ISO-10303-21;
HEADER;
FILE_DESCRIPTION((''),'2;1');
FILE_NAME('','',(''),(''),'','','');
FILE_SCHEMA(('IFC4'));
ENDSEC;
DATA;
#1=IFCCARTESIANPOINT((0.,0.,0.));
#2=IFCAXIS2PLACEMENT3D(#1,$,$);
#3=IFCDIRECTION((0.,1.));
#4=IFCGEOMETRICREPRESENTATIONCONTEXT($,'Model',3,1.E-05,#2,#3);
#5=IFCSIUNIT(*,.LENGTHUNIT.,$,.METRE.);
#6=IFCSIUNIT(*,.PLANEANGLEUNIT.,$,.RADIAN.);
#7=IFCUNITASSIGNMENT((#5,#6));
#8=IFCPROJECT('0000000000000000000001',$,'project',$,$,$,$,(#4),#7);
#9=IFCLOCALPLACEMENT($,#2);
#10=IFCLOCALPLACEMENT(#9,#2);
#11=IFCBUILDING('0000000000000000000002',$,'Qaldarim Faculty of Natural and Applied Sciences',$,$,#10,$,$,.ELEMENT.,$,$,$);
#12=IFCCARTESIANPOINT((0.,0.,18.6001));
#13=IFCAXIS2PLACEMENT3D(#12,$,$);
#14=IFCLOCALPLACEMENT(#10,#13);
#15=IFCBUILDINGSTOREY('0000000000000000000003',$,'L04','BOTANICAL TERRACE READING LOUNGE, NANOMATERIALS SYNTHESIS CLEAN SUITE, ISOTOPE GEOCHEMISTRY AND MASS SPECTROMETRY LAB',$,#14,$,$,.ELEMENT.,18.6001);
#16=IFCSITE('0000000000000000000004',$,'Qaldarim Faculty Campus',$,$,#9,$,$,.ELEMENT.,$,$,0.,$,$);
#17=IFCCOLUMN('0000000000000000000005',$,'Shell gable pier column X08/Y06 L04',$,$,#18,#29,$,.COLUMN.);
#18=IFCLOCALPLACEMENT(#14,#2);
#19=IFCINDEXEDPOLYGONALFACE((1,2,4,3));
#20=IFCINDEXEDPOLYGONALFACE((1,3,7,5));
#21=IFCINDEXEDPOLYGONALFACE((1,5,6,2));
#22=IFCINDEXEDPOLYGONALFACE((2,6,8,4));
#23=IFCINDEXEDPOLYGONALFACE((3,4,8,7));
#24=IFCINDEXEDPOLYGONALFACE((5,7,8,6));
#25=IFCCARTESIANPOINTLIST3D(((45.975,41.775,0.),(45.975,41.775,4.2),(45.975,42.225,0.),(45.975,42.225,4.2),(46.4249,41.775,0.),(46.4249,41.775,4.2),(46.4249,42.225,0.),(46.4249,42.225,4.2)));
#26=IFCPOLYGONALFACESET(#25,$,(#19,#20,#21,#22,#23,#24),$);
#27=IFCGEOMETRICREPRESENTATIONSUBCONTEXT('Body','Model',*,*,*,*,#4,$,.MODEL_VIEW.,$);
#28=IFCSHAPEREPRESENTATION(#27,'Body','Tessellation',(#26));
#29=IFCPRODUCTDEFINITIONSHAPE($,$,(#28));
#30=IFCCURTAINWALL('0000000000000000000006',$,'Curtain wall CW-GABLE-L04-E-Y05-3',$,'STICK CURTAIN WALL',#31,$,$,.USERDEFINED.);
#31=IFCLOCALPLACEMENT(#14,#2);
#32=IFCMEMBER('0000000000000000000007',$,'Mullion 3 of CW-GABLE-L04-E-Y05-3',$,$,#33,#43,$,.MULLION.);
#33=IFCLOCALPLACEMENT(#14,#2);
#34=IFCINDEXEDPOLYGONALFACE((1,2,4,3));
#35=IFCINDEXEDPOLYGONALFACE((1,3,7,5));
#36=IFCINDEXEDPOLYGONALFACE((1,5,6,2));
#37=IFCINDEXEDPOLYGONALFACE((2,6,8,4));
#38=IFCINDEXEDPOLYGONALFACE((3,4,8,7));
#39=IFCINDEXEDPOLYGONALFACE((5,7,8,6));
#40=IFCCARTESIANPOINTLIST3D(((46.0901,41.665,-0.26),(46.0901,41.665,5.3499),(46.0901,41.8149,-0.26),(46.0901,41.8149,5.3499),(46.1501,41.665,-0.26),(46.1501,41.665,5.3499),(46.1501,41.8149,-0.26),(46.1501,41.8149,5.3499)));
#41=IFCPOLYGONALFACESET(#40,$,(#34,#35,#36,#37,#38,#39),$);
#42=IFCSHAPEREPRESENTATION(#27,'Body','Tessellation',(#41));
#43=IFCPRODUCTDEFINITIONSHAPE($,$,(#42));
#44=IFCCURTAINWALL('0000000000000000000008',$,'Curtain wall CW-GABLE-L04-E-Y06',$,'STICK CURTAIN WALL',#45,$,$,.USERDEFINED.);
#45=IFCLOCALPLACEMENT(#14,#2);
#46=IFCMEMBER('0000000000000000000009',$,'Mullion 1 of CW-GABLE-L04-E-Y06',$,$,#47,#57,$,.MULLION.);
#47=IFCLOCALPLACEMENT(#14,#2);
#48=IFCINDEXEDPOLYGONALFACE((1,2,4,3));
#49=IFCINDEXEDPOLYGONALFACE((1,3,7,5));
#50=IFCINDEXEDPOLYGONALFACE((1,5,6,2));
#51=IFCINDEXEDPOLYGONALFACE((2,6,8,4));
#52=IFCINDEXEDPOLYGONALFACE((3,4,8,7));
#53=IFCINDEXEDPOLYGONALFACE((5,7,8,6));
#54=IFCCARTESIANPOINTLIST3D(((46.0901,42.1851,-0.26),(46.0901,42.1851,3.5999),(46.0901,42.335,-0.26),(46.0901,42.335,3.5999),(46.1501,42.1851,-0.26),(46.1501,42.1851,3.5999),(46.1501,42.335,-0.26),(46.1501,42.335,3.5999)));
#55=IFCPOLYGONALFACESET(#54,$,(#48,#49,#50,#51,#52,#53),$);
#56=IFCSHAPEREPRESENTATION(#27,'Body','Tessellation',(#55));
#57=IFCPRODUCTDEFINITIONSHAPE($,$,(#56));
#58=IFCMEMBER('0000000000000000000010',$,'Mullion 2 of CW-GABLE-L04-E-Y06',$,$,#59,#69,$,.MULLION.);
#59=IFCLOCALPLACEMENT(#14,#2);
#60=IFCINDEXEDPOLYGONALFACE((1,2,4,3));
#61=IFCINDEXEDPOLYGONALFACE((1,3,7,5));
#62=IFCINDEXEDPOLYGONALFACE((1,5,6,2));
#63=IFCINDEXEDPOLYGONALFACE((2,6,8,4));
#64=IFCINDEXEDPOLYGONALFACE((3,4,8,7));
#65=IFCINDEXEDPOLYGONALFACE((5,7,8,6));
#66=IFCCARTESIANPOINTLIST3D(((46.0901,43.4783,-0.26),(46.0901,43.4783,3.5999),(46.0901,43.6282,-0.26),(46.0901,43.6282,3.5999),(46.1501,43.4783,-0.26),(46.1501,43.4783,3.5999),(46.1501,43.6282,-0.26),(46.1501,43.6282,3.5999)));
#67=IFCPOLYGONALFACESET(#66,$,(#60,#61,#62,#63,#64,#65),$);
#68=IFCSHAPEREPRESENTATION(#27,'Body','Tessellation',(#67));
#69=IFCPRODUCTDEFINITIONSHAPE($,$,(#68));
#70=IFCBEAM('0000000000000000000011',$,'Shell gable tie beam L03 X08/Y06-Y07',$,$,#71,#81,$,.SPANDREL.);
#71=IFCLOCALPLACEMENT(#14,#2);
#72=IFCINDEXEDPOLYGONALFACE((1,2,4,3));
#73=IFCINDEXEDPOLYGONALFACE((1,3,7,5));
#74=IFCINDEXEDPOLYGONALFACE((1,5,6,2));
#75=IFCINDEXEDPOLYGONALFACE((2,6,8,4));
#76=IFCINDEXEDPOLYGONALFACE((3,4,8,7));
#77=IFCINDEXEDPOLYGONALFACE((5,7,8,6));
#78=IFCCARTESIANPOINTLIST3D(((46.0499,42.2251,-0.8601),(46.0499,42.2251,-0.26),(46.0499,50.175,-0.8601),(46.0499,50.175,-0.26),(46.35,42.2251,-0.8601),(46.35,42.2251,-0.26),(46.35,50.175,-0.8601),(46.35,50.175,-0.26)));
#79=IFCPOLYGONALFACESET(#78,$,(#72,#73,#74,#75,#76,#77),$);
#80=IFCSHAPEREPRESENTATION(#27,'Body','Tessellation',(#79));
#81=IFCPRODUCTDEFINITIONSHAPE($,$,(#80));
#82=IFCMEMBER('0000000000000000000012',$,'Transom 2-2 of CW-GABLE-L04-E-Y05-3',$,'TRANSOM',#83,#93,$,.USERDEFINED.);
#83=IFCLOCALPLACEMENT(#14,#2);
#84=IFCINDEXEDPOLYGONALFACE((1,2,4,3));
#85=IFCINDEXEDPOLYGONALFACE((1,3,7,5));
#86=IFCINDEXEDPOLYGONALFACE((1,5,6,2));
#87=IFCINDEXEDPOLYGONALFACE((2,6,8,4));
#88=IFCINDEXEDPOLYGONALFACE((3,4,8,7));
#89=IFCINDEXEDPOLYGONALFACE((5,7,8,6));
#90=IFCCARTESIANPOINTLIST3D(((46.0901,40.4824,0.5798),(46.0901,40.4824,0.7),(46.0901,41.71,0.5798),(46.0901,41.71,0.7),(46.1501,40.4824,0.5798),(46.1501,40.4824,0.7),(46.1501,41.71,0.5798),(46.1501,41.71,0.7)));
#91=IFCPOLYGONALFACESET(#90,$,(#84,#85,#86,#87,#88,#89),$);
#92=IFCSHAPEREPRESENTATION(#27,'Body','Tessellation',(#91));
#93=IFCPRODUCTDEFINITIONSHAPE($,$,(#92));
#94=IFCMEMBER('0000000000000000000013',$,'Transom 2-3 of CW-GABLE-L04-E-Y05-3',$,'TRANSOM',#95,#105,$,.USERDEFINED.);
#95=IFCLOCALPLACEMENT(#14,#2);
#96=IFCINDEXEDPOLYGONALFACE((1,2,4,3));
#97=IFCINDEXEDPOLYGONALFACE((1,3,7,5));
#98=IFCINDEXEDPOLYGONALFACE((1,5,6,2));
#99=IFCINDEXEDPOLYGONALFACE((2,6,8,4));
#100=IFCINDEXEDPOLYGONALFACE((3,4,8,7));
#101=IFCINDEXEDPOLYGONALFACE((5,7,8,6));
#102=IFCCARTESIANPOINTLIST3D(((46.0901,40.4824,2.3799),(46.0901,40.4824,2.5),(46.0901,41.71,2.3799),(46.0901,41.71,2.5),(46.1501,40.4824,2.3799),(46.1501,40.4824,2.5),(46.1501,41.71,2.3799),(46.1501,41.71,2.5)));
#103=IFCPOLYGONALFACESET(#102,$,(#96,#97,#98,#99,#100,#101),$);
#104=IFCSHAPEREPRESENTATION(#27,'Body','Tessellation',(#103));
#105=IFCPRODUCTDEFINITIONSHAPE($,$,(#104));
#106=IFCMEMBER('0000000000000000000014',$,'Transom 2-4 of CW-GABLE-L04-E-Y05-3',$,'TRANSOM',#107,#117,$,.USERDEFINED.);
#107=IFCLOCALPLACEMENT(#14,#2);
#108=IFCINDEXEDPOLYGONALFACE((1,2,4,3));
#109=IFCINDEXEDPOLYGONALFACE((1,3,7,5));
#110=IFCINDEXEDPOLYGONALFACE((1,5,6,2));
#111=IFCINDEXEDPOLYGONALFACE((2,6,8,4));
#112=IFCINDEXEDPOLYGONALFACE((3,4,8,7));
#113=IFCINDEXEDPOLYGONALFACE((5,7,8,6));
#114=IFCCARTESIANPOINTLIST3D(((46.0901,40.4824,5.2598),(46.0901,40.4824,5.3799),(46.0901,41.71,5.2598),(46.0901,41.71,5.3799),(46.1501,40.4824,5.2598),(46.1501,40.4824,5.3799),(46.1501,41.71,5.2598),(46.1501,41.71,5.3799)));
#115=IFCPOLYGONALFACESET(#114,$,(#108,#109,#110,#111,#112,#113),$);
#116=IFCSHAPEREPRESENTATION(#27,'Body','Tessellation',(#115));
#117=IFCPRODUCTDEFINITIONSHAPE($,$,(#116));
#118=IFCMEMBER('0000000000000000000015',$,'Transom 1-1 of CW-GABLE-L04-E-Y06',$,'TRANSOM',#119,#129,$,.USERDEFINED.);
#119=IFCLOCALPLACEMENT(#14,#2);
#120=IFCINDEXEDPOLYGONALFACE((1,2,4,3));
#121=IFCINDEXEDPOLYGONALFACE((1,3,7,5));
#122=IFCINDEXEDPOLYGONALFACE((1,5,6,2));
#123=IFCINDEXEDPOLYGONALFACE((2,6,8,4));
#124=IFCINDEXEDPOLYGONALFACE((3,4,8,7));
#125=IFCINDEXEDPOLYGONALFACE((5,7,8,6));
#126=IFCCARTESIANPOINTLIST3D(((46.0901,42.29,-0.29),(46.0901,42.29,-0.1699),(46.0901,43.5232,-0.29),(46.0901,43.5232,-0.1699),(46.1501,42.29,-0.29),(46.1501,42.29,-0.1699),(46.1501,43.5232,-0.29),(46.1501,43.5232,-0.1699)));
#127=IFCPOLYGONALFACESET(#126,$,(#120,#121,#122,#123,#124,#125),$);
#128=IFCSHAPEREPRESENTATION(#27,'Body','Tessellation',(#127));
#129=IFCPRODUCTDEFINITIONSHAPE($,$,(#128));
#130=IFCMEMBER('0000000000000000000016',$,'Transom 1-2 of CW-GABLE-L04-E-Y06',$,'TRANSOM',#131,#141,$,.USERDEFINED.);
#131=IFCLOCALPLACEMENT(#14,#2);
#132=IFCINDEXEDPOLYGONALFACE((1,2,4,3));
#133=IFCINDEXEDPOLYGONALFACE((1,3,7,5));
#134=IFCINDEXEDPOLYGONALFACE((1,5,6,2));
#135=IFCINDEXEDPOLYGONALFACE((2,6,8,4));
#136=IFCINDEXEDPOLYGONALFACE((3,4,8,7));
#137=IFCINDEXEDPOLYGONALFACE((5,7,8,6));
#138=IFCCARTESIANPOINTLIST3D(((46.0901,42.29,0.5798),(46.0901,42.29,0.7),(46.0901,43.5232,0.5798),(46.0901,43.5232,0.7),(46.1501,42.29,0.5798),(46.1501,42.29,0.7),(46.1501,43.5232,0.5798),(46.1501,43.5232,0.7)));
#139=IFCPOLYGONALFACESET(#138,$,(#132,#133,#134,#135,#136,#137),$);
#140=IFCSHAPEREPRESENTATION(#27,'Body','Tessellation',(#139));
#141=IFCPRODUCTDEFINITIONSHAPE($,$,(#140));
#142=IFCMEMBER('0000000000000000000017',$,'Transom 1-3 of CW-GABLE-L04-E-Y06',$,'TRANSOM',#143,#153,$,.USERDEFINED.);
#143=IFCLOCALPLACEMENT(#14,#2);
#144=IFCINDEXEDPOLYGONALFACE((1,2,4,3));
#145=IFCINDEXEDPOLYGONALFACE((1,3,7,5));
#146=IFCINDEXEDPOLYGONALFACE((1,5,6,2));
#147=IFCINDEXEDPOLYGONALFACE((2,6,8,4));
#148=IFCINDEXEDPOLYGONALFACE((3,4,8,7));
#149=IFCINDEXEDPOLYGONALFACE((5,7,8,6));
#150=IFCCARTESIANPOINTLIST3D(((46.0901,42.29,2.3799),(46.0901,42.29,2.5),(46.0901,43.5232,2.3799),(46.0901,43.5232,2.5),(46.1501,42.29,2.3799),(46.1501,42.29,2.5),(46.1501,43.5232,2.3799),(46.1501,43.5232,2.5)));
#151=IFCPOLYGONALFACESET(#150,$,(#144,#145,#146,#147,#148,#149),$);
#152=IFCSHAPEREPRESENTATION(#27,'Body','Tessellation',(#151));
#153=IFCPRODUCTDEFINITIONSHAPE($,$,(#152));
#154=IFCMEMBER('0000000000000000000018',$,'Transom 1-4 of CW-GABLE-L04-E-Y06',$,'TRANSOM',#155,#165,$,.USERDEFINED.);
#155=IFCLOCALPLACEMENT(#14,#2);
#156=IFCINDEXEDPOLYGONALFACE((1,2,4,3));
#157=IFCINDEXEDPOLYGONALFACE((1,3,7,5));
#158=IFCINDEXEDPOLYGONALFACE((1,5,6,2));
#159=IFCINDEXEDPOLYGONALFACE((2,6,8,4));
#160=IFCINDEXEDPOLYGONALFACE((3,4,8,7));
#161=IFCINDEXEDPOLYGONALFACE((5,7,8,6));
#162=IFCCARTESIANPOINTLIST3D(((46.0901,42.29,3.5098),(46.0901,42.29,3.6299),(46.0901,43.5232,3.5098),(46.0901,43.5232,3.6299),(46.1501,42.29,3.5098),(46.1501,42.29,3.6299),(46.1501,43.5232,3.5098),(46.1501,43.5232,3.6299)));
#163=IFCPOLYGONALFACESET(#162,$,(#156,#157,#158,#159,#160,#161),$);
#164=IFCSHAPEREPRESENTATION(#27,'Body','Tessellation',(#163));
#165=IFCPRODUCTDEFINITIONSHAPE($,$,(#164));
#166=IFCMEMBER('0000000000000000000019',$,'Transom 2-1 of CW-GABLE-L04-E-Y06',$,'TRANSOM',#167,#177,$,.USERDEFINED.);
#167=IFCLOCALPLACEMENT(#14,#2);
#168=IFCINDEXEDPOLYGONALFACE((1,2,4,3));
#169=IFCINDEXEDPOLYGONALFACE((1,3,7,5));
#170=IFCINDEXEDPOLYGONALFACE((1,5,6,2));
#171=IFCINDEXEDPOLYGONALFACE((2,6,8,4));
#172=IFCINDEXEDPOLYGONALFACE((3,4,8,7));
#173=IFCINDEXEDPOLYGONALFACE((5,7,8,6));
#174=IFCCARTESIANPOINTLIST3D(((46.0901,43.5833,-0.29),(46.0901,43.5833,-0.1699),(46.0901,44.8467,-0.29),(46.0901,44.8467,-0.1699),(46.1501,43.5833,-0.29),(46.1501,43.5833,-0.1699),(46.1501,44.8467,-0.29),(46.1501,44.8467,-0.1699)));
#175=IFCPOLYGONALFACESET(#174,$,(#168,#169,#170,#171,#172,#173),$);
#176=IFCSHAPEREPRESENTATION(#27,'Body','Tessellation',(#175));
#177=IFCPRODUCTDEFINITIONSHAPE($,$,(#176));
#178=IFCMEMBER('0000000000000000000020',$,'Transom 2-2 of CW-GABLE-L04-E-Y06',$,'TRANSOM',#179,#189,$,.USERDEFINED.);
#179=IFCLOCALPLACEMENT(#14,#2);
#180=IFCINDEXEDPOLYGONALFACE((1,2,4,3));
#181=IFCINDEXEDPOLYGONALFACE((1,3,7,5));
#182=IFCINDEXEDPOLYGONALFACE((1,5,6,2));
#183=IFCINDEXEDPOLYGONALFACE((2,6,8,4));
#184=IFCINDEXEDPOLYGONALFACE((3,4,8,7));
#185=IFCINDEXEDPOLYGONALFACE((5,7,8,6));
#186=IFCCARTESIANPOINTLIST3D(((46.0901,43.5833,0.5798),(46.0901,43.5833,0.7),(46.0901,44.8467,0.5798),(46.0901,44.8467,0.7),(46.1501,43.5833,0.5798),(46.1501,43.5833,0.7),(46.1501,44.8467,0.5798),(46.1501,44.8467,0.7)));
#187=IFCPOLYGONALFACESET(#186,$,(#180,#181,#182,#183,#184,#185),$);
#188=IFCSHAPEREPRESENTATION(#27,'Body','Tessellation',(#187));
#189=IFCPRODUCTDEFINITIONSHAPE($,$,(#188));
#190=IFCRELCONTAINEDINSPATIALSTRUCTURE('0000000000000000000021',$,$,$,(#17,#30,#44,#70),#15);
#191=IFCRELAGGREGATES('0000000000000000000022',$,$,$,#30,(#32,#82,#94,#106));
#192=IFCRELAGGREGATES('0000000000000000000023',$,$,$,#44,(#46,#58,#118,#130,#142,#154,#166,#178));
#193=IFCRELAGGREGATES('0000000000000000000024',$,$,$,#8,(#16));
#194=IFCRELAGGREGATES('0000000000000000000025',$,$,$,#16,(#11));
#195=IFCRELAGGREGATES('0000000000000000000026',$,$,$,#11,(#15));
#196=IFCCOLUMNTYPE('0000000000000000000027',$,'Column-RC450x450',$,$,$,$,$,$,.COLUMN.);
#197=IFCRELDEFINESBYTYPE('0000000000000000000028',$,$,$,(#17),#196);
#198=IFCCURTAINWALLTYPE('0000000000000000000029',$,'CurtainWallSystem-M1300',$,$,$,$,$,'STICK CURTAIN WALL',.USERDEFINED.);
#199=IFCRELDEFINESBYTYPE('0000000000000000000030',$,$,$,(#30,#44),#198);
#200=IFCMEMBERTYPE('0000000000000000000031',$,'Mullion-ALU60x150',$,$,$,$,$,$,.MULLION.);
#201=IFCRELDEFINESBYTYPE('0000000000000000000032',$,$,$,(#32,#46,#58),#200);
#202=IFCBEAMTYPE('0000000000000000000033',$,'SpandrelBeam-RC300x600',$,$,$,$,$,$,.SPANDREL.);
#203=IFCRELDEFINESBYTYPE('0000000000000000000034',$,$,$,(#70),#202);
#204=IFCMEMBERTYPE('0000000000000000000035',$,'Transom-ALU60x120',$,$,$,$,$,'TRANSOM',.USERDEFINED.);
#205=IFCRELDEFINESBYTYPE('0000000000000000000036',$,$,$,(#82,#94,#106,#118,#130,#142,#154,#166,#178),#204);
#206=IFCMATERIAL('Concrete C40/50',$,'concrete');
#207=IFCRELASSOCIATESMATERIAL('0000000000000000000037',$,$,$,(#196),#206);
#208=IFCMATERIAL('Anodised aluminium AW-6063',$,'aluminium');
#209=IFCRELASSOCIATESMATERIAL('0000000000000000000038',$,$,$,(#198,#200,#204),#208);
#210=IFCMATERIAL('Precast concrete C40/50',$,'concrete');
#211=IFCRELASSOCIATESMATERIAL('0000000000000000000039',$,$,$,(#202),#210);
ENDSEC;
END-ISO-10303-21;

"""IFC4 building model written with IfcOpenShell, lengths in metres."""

from ifc_helpers import new_model, si_unit, direction, frame, origin, origin_2d, place, context, subcontext, project, spatial, rectangle, extrude, material, material_profile, profile_set, type_object, element, aggregate, save


model = new_model("IFC4")

# Units and contexts
model_context = context("Model", 3, precision=1e-05, world=origin(), true_north=direction((0.0, 1.0)))
body_context = subcontext(model_context, "Body", "Model", "MODEL_VIEW")
ifc_project = project(units=[si_unit("LENGTHUNIT", "METRE"), si_unit("PLANEANGLEUNIT", "RADIAN")], contexts=[model_context])

# Site, building, storey
site_placement = place(None, origin())
site = spatial("IfcSite", under=ifc_project, at=site_placement, Name="Qaldarim Faculty Campus", CompositionType="ELEMENT", RefElevation=0.0)
building_placement = place(site_placement, origin())
building = spatial("IfcBuilding", under=site, at=building_placement, Name="Qaldarim Faculty of Natural and Applied Sciences", CompositionType="ELEMENT")
storey_placement = place(building_placement, frame((0.0, 0.0, 18.6001)))
storey = spatial("IfcBuildingStorey", under=building, at=storey_placement, Name="L04", Description="BOTANICAL TERRACE READING LOUNGE, NANOMATERIALS SYNTHESIS CLEAN SUITE, ISOTOPE GEOCHEMISTRY AND MASS SPECTROMETRY LAB", CompositionType="ELEMENT", Elevation=18.6001)

# Column
ifc_material_1 = material(Name="Concrete C40/50", Category="concrete")
ifc_material_profile_1 = material_profile(ifc_material_1, rectangle(XDim=0.45, YDim=0.45, at=origin_2d()), Name="RC-C450x450")
ifc_profile_set_1 = profile_set([ifc_material_profile_1], Name="Concrete C40/50")
column_type = type_object("IfcColumnType", Name="Column-RC450x450", PredefinedType="COLUMN", material=ifc_profile_set_1)
column_placement = place(storey_placement, frame((46.2, 42.0, 0.0), z_axis=(0.0, 0.0, 1.0), x_axis=(1.0, 0.0, 0.0)))
element("IfcColumn", 1, at=column_placement, inside=storey, type_object=column_type, Name="Shell gable pier column X08/Y06 L04", PredefinedType="COLUMN", context=body_context, shape_type="SweptSolid", body=[
    extrude(rectangle(XDim=0.45, YDim=0.45, at=origin_2d()), origin(), (0.0, 0.0, 1.0), 4.2),
])

# Curtain wall, member
ifc_material_2 = material(Name="Anodised aluminium AW-6063", Category="aluminium")
curtain_wall_type = type_object("IfcCurtainWallType", Name="CurtainWallSystem-M1300", ElementType="STICK CURTAIN WALL", PredefinedType="USERDEFINED", material=ifc_material_2)
curtain_wall_1_placement = place(storey_placement, origin())
curtain_wall_1 = element("IfcCurtainWall", 2, at=curtain_wall_1_placement, inside=storey, type_object=curtain_wall_type, Name="Curtain wall CW-GABLE-L04-E-Y05-3", ObjectType="STICK CURTAIN WALL", PredefinedType="USERDEFINED")
ifc_material_profile_2 = material_profile(ifc_material_2, rectangle(XDim=0.0601, YDim=0.1499, at=origin_2d()), Name="ALU-M60x150")
ifc_profile_set_2 = profile_set([ifc_material_profile_2], Name="Anodised aluminium AW-6063")
member_type_1 = type_object("IfcMemberType", Name="Mullion-ALU60x150", PredefinedType="MULLION", material=ifc_profile_set_2)
member_1_placement = place(storey_placement, frame((46.1201, 41.74, -0.26), z_axis=(0.0, 0.0, 1.0), x_axis=(-1.0, 0.0, 0.0)))
member_1 = element("IfcMember", 3, at=member_1_placement, type_object=member_type_1, Name="Mullion 3 of CW-GABLE-L04-E-Y05-3", PredefinedType="MULLION", context=body_context, shape_type="SweptSolid", body=[
    extrude(rectangle(XDim=0.0601, YDim=0.1499, at=origin_2d()), origin(), (0.0, 0.0, 1.0), 5.6099),
])

# Curtain wall, members
curtain_wall_2_placement = place(storey_placement, origin())
curtain_wall_2 = element("IfcCurtainWall", 4, at=curtain_wall_2_placement, inside=storey, type_object=curtain_wall_type, Name="Curtain wall CW-GABLE-L04-E-Y06", ObjectType="STICK CURTAIN WALL", PredefinedType="USERDEFINED")
member_2_placement = place(storey_placement, frame((46.1201, 42.26, -0.26), z_axis=(0.0, 0.0, 1.0), x_axis=(-1.0, 0.0, 0.0)))
member_2 = element("IfcMember", 5, at=member_2_placement, type_object=member_type_1, Name="Mullion 1 of CW-GABLE-L04-E-Y06", PredefinedType="MULLION", context=body_context, shape_type="SweptSolid", body=[
    extrude(rectangle(XDim=0.0601, YDim=0.1499, at=origin_2d()), origin(), (0.0, 0.0, 1.0), 3.8599),
])
member_3_placement = place(storey_placement, frame((46.1201, 43.5532, -0.26), z_axis=(0.0, 0.0, 1.0), x_axis=(-1.0, 0.0, 0.0)))
member_3 = element("IfcMember", 6, at=member_3_placement, type_object=member_type_1, Name="Mullion 2 of CW-GABLE-L04-E-Y06", PredefinedType="MULLION", context=body_context, shape_type="SweptSolid", body=[
    extrude(rectangle(XDim=0.0601, YDim=0.1499, at=origin_2d()), origin(), (0.0, 0.0, 1.0), 3.8599),
])

# Beam
ifc_material_3 = material(Name="Precast concrete C40/50", Category="concrete")
ifc_material_profile_3 = material_profile(ifc_material_3, rectangle(XDim=0.3, YDim=0.6001, at=origin_2d()), Name="RC-SP300x600")
ifc_profile_set_3 = profile_set([ifc_material_profile_3], Name="Precast concrete C40/50")
beam_type = type_object("IfcBeamType", Name="SpandrelBeam-RC300x600", PredefinedType="SPANDREL", material=ifc_profile_set_3)
beam_placement = place(storey_placement, frame((46.2, 42.2251, -0.5601), z_axis=(0.0, 1.0, 0.0), x_axis=(-1.0, 0.0, 0.0)))
element("IfcBeam", 7, at=beam_placement, inside=storey, type_object=beam_type, Name="Shell gable tie beam L03 X08/Y06-Y07", PredefinedType="SPANDREL", context=body_context, shape_type="SweptSolid", body=[
    extrude(rectangle(XDim=0.3, YDim=0.6001, at=origin_2d()), origin(), (0.0, 0.0, 1.0), 7.95),
])

# Members
ifc_material_profile_4 = material_profile(ifc_material_2, rectangle(XDim=0.0601, YDim=0.1201, at=origin_2d()), Name="ALU-T60x120")
ifc_profile_set_4 = profile_set([ifc_material_profile_4], Name="Anodised aluminium AW-6063")
member_type_2 = type_object("IfcMemberType", Name="Transom-ALU60x120", ElementType="TRANSOM", PredefinedType="USERDEFINED", material=ifc_profile_set_4)
member_4_placement = place(storey_placement, frame((46.1201, 40.4824, 0.6399), z_axis=(0.0, 1.0, 0.0), x_axis=(-1.0, 0.0, 0.0)))
member_4 = element("IfcMember", 8, at=member_4_placement, type_object=member_type_2, Name="Transom 2-2 of CW-GABLE-L04-E-Y05-3", ObjectType="TRANSOM", PredefinedType="USERDEFINED", context=body_context, shape_type="SweptSolid", body=[
    extrude(rectangle(XDim=0.0601, YDim=0.1201, at=origin_2d()), origin(), (0.0, 0.0, 1.0), 1.2275),
])
member_5_placement = place(storey_placement, frame((46.1201, 40.4824, 2.4399), z_axis=(0.0, 1.0, 0.0), x_axis=(-1.0, 0.0, 0.0)))
member_5 = element("IfcMember", 9, at=member_5_placement, type_object=member_type_2, Name="Transom 2-3 of CW-GABLE-L04-E-Y05-3", ObjectType="TRANSOM", PredefinedType="USERDEFINED", context=body_context, shape_type="SweptSolid", body=[
    extrude(rectangle(XDim=0.0601, YDim=0.1201, at=origin_2d()), origin(), (0.0, 0.0, 1.0), 1.2275),
])
member_6_placement = place(storey_placement, frame((46.1201, 40.4824, 5.3198), z_axis=(0.0, 1.0, 0.0), x_axis=(-1.0, 0.0, 0.0)))
member_6 = element("IfcMember", 10, at=member_6_placement, type_object=member_type_2, Name="Transom 2-4 of CW-GABLE-L04-E-Y05-3", ObjectType="TRANSOM", PredefinedType="USERDEFINED", context=body_context, shape_type="SweptSolid", body=[
    extrude(rectangle(XDim=0.0601, YDim=0.1201, at=origin_2d()), origin(), (0.0, 0.0, 1.0), 1.2275),
])
member_7_placement = place(storey_placement, frame((46.1201, 42.29, -0.23), z_axis=(0.0, 1.0, 0.0), x_axis=(-1.0, 0.0, 0.0)))
member_7 = element("IfcMember", 11, at=member_7_placement, type_object=member_type_2, Name="Transom 1-1 of CW-GABLE-L04-E-Y06", ObjectType="TRANSOM", PredefinedType="USERDEFINED", context=body_context, shape_type="SweptSolid", body=[
    extrude(rectangle(XDim=0.0601, YDim=0.1201, at=origin_2d()), origin(), (0.0, 0.0, 1.0), 1.2332),
])
member_8_placement = place(storey_placement, frame((46.1201, 42.29, 0.6399), z_axis=(0.0, 1.0, 0.0), x_axis=(-1.0, 0.0, 0.0)))
member_8 = element("IfcMember", 12, at=member_8_placement, type_object=member_type_2, Name="Transom 1-2 of CW-GABLE-L04-E-Y06", ObjectType="TRANSOM", PredefinedType="USERDEFINED", context=body_context, shape_type="SweptSolid", body=[
    extrude(rectangle(XDim=0.0601, YDim=0.1201, at=origin_2d()), origin(), (0.0, 0.0, 1.0), 1.2332),
])
member_9_placement = place(storey_placement, frame((46.1201, 42.29, 2.4399), z_axis=(0.0, 1.0, 0.0), x_axis=(-1.0, 0.0, 0.0)))
member_9 = element("IfcMember", 13, at=member_9_placement, type_object=member_type_2, Name="Transom 1-3 of CW-GABLE-L04-E-Y06", ObjectType="TRANSOM", PredefinedType="USERDEFINED", context=body_context, shape_type="SweptSolid", body=[
    extrude(rectangle(XDim=0.0601, YDim=0.1201, at=origin_2d()), origin(), (0.0, 0.0, 1.0), 1.2332),
])
member_10_placement = place(storey_placement, frame((46.1201, 42.29, 3.5698), z_axis=(0.0, 1.0, 0.0), x_axis=(-1.0, 0.0, 0.0)))
member_10 = element("IfcMember", 14, at=member_10_placement, type_object=member_type_2, Name="Transom 1-4 of CW-GABLE-L04-E-Y06", ObjectType="TRANSOM", PredefinedType="USERDEFINED", context=body_context, shape_type="SweptSolid", body=[
    extrude(rectangle(XDim=0.0601, YDim=0.1201, at=origin_2d()), origin(), (0.0, 0.0, 1.0), 1.2332),
])
member_11_placement = place(storey_placement, frame((46.1201, 43.5833, -0.23), z_axis=(0.0, 1.0, 0.0), x_axis=(-1.0, 0.0, 0.0)))
member_11 = element("IfcMember", 15, at=member_11_placement, type_object=member_type_2, Name="Transom 2-1 of CW-GABLE-L04-E-Y06", ObjectType="TRANSOM", PredefinedType="USERDEFINED", context=body_context, shape_type="SweptSolid", body=[
    extrude(rectangle(XDim=0.0601, YDim=0.1201, at=origin_2d()), origin(), (0.0, 0.0, 1.0), 1.2634),
])
member_12_placement = place(storey_placement, frame((46.1201, 43.5833, 0.6399), z_axis=(0.0, 1.0, 0.0), x_axis=(-1.0, 0.0, 0.0)))
member_12 = element("IfcMember", 16, at=member_12_placement, type_object=member_type_2, Name="Transom 2-2 of CW-GABLE-L04-E-Y06", ObjectType="TRANSOM", PredefinedType="USERDEFINED", context=body_context, shape_type="SweptSolid", body=[
    extrude(rectangle(XDim=0.0601, YDim=0.1201, at=origin_2d()), origin(), (0.0, 0.0, 1.0), 1.2634),
])

aggregate(curtain_wall_1, [member_1, member_4, member_5, member_6])
aggregate(curtain_wall_2, [member_2, member_3, member_7, member_8, member_9, member_10, member_11, member_12])

save(model, "model.ifc")
